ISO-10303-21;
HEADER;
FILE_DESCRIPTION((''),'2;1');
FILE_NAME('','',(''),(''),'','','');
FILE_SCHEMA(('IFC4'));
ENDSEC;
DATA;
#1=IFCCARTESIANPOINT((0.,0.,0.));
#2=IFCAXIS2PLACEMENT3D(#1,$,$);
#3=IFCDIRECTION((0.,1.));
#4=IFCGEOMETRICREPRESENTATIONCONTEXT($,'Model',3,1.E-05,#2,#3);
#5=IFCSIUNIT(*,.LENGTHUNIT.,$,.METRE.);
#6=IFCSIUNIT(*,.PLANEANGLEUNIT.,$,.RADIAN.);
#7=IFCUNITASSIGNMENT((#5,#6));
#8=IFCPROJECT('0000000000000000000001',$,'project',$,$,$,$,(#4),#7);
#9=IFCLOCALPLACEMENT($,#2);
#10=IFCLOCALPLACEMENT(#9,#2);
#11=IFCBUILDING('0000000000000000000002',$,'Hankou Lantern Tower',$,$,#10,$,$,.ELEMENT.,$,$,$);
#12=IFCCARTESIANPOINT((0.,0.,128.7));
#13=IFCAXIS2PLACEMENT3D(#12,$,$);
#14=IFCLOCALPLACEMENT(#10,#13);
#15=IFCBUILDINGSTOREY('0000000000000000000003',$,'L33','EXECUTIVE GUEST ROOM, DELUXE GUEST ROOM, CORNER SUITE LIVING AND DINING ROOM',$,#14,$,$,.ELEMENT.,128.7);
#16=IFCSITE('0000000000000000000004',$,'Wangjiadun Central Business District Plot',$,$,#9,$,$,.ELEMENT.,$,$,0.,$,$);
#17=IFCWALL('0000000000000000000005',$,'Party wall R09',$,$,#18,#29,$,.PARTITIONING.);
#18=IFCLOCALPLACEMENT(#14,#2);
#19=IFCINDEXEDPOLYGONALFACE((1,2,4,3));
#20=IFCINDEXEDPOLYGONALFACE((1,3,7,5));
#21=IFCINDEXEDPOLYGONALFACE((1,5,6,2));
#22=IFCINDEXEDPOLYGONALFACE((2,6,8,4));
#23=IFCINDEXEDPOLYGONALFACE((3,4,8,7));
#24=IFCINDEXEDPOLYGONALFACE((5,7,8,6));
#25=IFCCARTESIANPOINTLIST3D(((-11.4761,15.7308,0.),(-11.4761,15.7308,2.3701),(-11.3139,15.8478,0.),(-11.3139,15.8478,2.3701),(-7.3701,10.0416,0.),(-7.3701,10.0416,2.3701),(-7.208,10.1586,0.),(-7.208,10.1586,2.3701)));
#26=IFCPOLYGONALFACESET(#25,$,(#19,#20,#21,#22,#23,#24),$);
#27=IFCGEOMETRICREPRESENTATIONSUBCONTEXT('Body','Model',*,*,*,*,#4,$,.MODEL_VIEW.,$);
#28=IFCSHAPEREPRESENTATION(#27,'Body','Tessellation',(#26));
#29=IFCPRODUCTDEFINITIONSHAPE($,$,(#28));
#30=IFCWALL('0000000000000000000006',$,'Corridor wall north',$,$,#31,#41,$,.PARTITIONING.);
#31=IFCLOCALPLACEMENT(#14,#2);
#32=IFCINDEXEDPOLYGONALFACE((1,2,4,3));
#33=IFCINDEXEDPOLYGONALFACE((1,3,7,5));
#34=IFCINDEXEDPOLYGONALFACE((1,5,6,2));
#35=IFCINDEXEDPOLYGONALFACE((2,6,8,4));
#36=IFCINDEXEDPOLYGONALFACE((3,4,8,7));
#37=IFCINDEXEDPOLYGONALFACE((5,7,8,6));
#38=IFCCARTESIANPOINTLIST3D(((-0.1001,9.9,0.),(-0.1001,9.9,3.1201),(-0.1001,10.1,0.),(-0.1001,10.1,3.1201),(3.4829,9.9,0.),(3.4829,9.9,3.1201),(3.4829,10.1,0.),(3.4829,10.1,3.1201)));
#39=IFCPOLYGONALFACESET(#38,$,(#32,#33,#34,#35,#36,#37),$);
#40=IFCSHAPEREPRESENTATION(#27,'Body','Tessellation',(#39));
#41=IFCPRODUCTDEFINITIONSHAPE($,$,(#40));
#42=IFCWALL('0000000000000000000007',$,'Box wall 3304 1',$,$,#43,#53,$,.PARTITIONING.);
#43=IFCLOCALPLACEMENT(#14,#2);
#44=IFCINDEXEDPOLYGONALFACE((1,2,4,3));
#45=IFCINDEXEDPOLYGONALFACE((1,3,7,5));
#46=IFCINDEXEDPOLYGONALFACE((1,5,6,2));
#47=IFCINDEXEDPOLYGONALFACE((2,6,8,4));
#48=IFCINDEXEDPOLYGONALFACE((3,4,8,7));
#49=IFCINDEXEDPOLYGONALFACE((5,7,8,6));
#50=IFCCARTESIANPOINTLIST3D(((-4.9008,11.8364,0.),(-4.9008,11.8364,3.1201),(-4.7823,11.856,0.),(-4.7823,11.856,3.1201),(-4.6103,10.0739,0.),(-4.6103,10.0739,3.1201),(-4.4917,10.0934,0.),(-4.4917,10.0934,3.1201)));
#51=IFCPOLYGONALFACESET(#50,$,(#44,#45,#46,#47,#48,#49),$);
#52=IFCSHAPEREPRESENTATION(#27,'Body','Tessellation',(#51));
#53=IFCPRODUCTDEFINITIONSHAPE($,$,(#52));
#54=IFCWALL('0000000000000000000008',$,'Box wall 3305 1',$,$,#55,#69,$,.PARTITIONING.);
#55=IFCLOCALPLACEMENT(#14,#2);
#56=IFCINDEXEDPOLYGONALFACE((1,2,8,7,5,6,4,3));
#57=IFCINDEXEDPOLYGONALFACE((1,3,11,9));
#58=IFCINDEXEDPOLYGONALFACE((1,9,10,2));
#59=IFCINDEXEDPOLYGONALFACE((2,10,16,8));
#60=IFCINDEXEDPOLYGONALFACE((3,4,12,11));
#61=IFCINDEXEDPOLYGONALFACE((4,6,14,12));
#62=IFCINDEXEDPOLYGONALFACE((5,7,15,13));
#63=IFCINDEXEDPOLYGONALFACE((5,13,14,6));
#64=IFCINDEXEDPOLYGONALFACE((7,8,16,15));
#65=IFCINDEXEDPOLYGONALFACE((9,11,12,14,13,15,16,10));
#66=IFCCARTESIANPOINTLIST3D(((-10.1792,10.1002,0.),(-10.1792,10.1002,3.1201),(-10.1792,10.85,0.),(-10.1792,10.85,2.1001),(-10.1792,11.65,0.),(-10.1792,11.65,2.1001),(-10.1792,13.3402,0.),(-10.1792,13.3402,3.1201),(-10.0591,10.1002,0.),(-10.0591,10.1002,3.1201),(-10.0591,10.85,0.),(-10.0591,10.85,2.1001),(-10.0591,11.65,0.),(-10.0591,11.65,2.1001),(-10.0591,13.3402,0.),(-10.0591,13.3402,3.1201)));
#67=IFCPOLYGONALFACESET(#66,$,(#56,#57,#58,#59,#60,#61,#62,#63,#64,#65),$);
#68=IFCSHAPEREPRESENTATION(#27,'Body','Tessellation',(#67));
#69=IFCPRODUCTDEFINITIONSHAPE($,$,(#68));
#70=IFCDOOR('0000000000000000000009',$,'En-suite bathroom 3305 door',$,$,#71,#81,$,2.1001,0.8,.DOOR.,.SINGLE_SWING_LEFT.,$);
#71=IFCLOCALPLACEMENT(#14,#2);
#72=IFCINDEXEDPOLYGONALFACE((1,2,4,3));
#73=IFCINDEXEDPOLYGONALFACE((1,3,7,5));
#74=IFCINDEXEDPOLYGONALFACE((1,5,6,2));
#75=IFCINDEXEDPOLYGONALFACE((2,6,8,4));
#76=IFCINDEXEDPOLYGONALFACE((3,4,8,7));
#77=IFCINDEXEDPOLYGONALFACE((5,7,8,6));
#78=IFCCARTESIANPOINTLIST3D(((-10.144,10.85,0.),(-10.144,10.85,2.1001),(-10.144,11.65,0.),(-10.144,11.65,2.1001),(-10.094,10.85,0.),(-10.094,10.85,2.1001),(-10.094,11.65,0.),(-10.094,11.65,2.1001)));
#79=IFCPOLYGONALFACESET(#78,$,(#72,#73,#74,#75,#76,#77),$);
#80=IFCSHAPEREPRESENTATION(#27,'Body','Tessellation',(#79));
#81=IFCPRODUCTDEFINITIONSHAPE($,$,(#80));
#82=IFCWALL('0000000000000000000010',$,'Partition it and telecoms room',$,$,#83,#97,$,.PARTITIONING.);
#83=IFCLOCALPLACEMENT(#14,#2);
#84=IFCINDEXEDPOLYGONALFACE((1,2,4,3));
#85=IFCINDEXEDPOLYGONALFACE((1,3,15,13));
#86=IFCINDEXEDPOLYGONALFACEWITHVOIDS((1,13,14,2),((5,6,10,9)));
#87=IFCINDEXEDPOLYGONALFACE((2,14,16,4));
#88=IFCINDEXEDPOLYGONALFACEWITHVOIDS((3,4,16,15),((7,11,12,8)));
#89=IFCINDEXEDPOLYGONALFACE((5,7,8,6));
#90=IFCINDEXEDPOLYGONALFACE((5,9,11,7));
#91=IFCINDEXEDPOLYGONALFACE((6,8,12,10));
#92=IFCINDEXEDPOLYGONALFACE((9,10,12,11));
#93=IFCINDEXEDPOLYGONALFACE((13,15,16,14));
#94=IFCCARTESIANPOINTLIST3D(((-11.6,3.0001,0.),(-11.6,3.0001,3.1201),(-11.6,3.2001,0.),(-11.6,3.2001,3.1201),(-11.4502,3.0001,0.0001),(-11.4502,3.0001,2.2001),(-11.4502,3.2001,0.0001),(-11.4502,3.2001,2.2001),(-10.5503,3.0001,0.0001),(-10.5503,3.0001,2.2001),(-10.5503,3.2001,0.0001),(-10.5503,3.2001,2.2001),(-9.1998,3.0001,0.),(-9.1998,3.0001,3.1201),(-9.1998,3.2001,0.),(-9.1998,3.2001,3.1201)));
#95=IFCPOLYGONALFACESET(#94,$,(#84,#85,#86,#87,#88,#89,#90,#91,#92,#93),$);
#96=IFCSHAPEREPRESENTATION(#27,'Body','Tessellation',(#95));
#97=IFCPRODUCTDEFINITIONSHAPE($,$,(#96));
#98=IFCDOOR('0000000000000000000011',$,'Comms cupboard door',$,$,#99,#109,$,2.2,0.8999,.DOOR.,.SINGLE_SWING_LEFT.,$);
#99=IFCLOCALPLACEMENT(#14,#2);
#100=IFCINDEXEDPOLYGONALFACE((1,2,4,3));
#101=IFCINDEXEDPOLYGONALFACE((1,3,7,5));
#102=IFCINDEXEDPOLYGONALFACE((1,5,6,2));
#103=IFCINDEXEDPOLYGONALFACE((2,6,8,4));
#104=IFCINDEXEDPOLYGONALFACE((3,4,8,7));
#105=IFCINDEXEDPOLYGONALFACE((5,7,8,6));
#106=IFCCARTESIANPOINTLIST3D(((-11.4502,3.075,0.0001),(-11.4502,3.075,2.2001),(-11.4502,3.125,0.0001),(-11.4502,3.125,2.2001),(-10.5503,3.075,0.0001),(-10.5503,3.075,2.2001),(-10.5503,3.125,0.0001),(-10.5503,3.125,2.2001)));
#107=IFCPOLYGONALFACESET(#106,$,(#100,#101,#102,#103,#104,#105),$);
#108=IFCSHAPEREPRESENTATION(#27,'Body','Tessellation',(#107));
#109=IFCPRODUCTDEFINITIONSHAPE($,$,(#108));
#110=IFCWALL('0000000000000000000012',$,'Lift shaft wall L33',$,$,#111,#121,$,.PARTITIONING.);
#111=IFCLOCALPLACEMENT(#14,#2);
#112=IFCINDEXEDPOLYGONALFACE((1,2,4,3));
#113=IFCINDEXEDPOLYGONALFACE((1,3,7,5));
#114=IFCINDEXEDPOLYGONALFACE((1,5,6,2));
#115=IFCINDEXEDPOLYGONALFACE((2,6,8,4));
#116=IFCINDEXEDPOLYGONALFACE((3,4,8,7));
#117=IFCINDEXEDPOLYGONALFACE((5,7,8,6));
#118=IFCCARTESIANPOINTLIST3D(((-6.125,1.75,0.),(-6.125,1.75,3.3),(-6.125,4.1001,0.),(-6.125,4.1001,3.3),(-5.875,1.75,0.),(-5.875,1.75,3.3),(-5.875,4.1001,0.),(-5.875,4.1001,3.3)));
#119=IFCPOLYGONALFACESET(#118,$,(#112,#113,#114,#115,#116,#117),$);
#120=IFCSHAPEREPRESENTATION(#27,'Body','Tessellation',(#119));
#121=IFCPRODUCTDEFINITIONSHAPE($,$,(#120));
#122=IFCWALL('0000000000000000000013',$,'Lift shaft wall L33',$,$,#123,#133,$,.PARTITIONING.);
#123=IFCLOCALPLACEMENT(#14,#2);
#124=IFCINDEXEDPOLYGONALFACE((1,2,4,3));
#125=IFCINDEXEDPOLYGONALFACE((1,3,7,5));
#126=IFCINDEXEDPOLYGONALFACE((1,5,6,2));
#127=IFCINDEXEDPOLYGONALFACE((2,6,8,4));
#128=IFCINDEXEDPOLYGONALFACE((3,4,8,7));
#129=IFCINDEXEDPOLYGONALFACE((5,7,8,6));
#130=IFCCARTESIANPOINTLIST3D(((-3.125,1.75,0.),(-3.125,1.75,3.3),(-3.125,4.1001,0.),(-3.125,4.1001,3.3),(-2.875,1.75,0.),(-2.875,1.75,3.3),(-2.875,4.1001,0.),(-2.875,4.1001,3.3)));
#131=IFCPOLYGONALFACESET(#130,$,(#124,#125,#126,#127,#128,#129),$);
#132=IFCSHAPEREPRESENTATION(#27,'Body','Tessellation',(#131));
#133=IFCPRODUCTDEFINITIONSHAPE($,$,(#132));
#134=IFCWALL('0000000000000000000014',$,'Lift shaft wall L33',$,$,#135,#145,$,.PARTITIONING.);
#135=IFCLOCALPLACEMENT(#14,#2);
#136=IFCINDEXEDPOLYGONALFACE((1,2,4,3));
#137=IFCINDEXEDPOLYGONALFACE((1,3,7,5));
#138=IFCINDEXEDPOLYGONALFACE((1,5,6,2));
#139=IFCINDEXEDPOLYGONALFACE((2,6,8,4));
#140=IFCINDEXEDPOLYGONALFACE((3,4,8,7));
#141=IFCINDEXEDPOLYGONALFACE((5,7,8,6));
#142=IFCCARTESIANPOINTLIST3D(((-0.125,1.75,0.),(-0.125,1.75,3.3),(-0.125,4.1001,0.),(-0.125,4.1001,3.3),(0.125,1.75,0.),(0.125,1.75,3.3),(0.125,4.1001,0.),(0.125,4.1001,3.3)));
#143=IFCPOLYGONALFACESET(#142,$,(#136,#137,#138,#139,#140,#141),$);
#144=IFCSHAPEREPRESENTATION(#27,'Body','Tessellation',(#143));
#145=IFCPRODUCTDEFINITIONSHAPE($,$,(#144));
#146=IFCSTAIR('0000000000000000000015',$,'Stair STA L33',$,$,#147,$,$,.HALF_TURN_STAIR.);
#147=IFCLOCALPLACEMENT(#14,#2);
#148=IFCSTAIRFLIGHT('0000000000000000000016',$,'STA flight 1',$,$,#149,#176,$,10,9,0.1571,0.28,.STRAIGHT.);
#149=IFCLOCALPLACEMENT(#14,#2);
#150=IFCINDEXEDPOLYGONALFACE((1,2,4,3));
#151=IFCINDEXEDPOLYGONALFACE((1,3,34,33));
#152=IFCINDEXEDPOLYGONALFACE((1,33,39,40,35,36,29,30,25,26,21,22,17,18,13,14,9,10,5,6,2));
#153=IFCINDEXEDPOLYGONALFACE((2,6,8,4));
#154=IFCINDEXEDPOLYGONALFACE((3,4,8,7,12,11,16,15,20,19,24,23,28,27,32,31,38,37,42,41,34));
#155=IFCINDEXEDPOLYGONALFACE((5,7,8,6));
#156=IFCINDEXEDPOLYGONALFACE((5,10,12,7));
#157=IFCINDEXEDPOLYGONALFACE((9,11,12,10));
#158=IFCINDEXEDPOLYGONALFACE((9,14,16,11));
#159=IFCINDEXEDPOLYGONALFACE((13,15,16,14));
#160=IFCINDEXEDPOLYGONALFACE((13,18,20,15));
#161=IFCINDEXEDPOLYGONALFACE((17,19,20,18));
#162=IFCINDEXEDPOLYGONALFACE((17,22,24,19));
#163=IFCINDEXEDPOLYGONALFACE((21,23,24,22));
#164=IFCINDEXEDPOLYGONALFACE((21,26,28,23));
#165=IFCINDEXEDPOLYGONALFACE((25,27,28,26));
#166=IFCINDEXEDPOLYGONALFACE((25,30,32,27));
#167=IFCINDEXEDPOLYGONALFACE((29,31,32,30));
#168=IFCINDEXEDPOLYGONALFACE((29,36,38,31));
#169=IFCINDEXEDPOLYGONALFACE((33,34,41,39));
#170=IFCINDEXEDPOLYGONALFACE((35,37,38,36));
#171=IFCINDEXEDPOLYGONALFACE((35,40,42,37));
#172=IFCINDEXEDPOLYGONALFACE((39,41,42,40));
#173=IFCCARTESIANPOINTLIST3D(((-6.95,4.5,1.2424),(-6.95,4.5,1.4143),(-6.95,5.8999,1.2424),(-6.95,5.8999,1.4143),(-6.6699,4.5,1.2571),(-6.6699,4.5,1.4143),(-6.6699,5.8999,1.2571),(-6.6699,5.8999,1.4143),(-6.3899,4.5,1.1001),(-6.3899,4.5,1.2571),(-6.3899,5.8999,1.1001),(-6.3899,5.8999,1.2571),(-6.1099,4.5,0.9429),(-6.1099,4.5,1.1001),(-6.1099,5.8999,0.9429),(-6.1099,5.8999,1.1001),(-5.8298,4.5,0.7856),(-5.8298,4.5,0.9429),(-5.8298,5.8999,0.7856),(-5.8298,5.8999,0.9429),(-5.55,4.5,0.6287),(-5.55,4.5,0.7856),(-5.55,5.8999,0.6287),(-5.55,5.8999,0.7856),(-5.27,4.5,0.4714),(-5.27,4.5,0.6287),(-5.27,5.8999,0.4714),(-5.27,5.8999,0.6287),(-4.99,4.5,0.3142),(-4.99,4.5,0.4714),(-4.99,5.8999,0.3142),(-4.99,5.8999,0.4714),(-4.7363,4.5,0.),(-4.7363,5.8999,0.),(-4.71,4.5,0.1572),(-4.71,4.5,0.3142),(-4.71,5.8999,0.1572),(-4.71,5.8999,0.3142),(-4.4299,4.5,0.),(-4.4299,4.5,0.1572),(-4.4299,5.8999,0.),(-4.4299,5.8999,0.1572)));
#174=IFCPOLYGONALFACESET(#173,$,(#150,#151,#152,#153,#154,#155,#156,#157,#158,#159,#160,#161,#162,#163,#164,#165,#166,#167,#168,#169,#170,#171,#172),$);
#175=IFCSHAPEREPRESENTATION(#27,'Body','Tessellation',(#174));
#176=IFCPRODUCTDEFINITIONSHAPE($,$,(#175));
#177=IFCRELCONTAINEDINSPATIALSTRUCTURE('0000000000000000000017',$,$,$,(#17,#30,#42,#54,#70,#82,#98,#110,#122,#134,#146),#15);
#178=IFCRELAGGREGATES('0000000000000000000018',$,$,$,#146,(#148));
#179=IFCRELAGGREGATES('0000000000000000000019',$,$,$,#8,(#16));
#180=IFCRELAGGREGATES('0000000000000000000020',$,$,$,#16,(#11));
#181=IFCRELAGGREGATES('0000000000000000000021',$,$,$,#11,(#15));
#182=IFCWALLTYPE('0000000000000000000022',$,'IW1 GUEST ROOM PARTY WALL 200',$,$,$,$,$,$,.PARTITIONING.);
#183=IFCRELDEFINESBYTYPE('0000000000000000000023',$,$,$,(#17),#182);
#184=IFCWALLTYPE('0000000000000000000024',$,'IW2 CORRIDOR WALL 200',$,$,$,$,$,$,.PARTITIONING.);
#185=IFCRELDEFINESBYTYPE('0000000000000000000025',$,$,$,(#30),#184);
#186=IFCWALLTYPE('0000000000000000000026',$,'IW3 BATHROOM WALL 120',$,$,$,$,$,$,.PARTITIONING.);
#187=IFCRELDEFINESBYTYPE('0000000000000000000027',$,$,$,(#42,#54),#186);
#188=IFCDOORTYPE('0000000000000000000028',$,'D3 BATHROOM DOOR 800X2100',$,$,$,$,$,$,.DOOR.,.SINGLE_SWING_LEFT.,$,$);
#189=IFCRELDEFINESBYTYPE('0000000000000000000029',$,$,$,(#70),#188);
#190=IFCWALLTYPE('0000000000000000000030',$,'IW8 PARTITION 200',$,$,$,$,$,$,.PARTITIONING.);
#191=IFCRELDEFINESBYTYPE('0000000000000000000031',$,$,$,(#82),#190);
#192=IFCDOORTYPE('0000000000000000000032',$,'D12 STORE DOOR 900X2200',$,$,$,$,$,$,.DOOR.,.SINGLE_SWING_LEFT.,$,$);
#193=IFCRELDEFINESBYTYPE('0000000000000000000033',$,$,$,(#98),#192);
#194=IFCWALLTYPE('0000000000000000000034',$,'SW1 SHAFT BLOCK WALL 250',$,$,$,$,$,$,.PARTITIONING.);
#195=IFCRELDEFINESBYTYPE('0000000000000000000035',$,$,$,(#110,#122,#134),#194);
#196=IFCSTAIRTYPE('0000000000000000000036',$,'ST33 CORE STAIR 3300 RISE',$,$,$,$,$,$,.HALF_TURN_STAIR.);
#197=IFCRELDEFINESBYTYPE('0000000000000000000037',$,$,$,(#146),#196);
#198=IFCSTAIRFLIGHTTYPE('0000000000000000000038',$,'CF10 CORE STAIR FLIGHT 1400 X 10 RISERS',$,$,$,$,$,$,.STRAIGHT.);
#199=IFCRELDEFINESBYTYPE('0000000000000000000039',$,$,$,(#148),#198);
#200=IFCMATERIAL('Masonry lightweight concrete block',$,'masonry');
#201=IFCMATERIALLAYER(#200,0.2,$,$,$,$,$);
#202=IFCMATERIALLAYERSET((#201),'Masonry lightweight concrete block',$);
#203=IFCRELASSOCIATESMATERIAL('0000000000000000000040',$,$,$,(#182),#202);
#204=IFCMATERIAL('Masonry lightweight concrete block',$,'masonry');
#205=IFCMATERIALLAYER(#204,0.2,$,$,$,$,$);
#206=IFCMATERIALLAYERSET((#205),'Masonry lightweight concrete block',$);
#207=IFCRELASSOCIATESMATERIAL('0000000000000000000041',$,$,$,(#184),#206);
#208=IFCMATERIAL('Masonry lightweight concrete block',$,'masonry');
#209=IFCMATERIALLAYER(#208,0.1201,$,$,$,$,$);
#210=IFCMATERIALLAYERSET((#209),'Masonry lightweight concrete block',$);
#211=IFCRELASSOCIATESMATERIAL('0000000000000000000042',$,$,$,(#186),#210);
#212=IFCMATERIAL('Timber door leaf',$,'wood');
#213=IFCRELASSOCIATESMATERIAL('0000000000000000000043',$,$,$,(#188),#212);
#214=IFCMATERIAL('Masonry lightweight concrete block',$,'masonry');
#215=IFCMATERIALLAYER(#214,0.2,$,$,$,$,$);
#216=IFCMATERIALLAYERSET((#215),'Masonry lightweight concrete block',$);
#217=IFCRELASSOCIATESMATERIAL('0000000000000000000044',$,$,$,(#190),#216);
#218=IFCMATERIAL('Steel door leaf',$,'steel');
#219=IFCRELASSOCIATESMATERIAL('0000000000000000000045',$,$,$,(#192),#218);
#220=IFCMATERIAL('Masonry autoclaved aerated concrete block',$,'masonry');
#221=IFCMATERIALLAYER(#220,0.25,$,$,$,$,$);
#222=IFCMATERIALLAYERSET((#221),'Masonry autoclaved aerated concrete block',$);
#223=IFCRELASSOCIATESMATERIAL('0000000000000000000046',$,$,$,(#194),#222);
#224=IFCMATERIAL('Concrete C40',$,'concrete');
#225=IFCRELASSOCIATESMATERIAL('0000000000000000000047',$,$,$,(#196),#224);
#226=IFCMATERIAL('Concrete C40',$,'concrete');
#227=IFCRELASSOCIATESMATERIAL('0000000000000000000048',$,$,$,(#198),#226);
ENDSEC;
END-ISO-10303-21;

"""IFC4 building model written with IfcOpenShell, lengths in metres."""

from ifc_helpers import new_model, si_unit, direction, frame, frame_2d, origin, place, context, subcontext, project, spatial, polyline, rectangle, outline, extrude, material, layer, layer_set, type_object, element, fill, aggregate, save


model = new_model("IFC4")

# Units and contexts
model_context = context("Model", 3, precision=1e-05, world=origin(), true_north=direction((0.0, 1.0)))
body_context = subcontext(model_context, "Body", "Model", "MODEL_VIEW")
ifc_project = project(units=[si_unit("LENGTHUNIT", "METRE"), si_unit("PLANEANGLEUNIT", "RADIAN")], contexts=[model_context])

# Site, building, storey
site_placement = place(None, origin())
site = spatial("IfcSite", under=ifc_project, at=site_placement, Name="Wangjiadun Central Business District Plot", CompositionType="ELEMENT", RefElevation=0.0)
building_placement = place(site_placement, origin())
building = spatial("IfcBuilding", under=site, at=building_placement, Name="Hankou Lantern Tower", CompositionType="ELEMENT")
storey_placement = place(building_placement, frame((0.0, 0.0, 128.7)))
storey = spatial("IfcBuildingStorey", under=building, at=storey_placement, Name="L33", Description="EXECUTIVE GUEST ROOM, DELUXE GUEST ROOM, CORNER SUITE LIVING AND DINING ROOM", CompositionType="ELEMENT", Elevation=128.7)

# Walls
ifc_material_1 = material(Name="Masonry lightweight concrete block", Category="masonry")
ifc_layer_1 = layer(ifc_material_1, 0.2)
ifc_layer_set_1 = layer_set([ifc_layer_1], Name="Masonry lightweight concrete block")
wall_type_1 = type_object("IfcWallType", Name="IW1 GUEST ROOM PARTY WALL 200", PredefinedType="PARTITIONING", material=ifc_layer_set_1)
wall_1_placement = place(storey_placement, frame((-7.2891, 10.1001, 0.0), z_axis=(0.0, 0.0, 1.0), x_axis=(-0.585217, 0.810876, 0.0)))
element("IfcWall", 1, at=wall_1_placement, inside=storey, type_object=wall_type_1, Name="Party wall R09", PredefinedType="PARTITIONING", context=body_context, shape_type="SweptSolid", body=[
    extrude(rectangle(XDim=7.0161, YDim=0.2, at=frame_2d((3.5081, 0.0))), origin(), (0.0, 0.0, 1.0), 2.3701),
])
ifc_material_2 = material(Name="Masonry lightweight concrete block", Category="masonry")
ifc_layer_2 = layer(ifc_material_2, 0.2)
ifc_layer_set_2 = layer_set([ifc_layer_2], Name="Masonry lightweight concrete block")
wall_type_2 = type_object("IfcWallType", Name="IW2 CORRIDOR WALL 200", PredefinedType="PARTITIONING", material=ifc_layer_set_2)
wall_2_placement = place(storey_placement, frame((-0.1001, 10.0, 0.0), z_axis=(0.0, 0.0, 1.0), x_axis=(1.0, 0.0, 0.0)))
element("IfcWall", 2, at=wall_2_placement, inside=storey, type_object=wall_type_2, Name="Corridor wall north", PredefinedType="PARTITIONING", context=body_context, shape_type="SweptSolid", body=[
    extrude(rectangle(XDim=3.583, YDim=0.2, at=frame_2d((1.7915, 0.0))), origin(), (0.0, 0.0, 1.0), 3.1201),
])
ifc_material_3 = material(Name="Masonry lightweight concrete block", Category="masonry")
ifc_layer_3 = layer(ifc_material_3, 0.1201)
ifc_layer_set_3 = layer_set([ifc_layer_3], Name="Masonry lightweight concrete block")
wall_type_3 = type_object("IfcWallType", Name="IW3 BATHROOM WALL 120", PredefinedType="PARTITIONING", material=ifc_layer_set_3)
wall_3_placement = place(storey_placement, frame((-4.551, 10.0837, 0.0), z_axis=(0.0, 0.0, 1.0), x_axis=(-0.162626, 0.986688, 0.0)))
element("IfcWall", 3, at=wall_3_placement, inside=storey, type_object=wall_type_3, Name="Box wall 3304 1", PredefinedType="PARTITIONING", context=body_context, shape_type="SweptSolid", body=[
    extrude(rectangle(XDim=1.7864, YDim=0.1201, at=frame_2d((0.8931, 0.0))), origin(), (0.0, 0.0, 1.0), 3.1201),
])

# Walls, openings, doors
wall_4_placement = place(storey_placement, frame((-10.1191, 10.1001, 0.0), z_axis=(0.0, 0.0, 1.0), x_axis=(0.0, 1.0, 0.0)))
wall_4 = element("IfcWall", 4, at=wall_4_placement, inside=storey, type_object=wall_type_3, Name="Box wall 3305 1", PredefinedType="PARTITIONING", context=body_context, shape_type="SweptSolid", body=[
    extrude(rectangle(XDim=3.24, YDim=0.1201, at=frame_2d((1.6201, 0.0))), origin(), (0.0, 0.0, 1.0), 3.1201),
])
opening_1_placement = place(wall_4_placement, frame((0.75, 0.0, 0.0)))
opening_1 = element("IfcOpeningElement", 5, at=opening_1_placement, cuts=wall_4, PredefinedType="OPENING", context=body_context, shape_type="SweptSolid", body=[
    extrude(rectangle(XDim=0.8, YDim=2.1001, at=frame_2d((0.3999, 1.05))), frame((0.0, 0.0701, 0.0), z_axis=(0.0, -1.0, 0.0), x_axis=(1.0, 0.0, 0.0)), (0.0, 0.0, 1.0), 0.1401),
])
ifc_material_4 = material(Name="Timber door leaf", Category="wood")
door_type_1 = type_object("IfcDoorType", Name="D3 BATHROOM DOOR 800X2100", OperationType="SINGLE_SWING_LEFT", PredefinedType="DOOR", material=ifc_material_4)
door_1_placement = place(opening_1_placement, origin())
door_1 = element("IfcDoor", 6, at=door_1_placement, inside=storey, type_object=door_type_1, Name="En-suite bathroom 3305 door", OperationType="SINGLE_SWING_LEFT", OverallHeight=2.1001, OverallWidth=0.8, PredefinedType="DOOR", context=body_context, shape_type="SweptSolid", body=[
    extrude(rectangle(XDim=0.8, YDim=2.1001, at=frame_2d((0.3999, 1.05))), frame((0.0, 0.0249, 0.0), z_axis=(0.0, -1.0, 0.0), x_axis=(1.0, 0.0, 0.0)), (0.0, 0.0, 1.0), 0.05),
])
fill(opening_1, door_1)
ifc_material_5 = material(Name="Masonry lightweight concrete block", Category="masonry")
ifc_layer_4 = layer(ifc_material_5, 0.2)
ifc_layer_set_4 = layer_set([ifc_layer_4], Name="Masonry lightweight concrete block")
wall_type_4 = type_object("IfcWallType", Name="IW8 PARTITION 200", PredefinedType="PARTITIONING", material=ifc_layer_set_4)
wall_5_placement = place(storey_placement, frame((-11.6001, 3.1001, 0.0), z_axis=(0.0, 0.0, 1.0), x_axis=(1.0, 0.0, 0.0)))
wall_5 = element("IfcWall", 7, at=wall_5_placement, inside=storey, type_object=wall_type_4, Name="Partition it and telecoms room", PredefinedType="PARTITIONING", context=body_context, shape_type="SweptSolid", body=[
    extrude(rectangle(XDim=2.4001, YDim=0.2, at=frame_2d((1.2002, 0.0))), origin(), (0.0, 0.0, 1.0), 3.1201),
])
opening_2_placement = place(wall_5_placement, frame((0.1499, 0.0, 0.0)))
opening_2 = element("IfcOpeningElement", 8, at=opening_2_placement, cuts=wall_5, PredefinedType="OPENING", context=body_context, shape_type="SweptSolid", body=[
    extrude(rectangle(XDim=0.8999, YDim=2.2, at=frame_2d((0.45, 1.1001))), frame((0.0, 0.1099, 0.0), z_axis=(0.0, -1.0, 0.0), x_axis=(1.0, 0.0, 0.0)), (0.0, 0.0, 1.0), 0.22),
])
ifc_material_6 = material(Name="Steel door leaf", Category="steel")
door_type_2 = type_object("IfcDoorType", Name="D12 STORE DOOR 900X2200", OperationType="SINGLE_SWING_LEFT", PredefinedType="DOOR", material=ifc_material_6)
door_2_placement = place(opening_2_placement, origin())
door_2 = element("IfcDoor", 9, at=door_2_placement, inside=storey, type_object=door_type_2, Name="Comms cupboard door", OperationType="SINGLE_SWING_LEFT", OverallHeight=2.2, OverallWidth=0.8999, PredefinedType="DOOR", context=body_context, shape_type="SweptSolid", body=[
    extrude(rectangle(XDim=0.8999, YDim=2.2, at=frame_2d((0.45, 1.1001))), frame((0.0, 0.0249, 0.0), z_axis=(0.0, -1.0, 0.0), x_axis=(1.0, 0.0, 0.0)), (0.0, 0.0, 1.0), 0.05),
])
fill(opening_2, door_2)

# Walls
ifc_material_7 = material(Name="Masonry autoclaved aerated concrete block", Category="masonry")
ifc_layer_5 = layer(ifc_material_7, 0.25)
ifc_layer_set_5 = layer_set([ifc_layer_5], Name="Masonry autoclaved aerated concrete block")
wall_type_5 = type_object("IfcWallType", Name="SW1 SHAFT BLOCK WALL 250", PredefinedType="PARTITIONING", material=ifc_layer_set_5)
for number, where, z_axis, x_axis, name in (
    (10, (-6.0, 1.75, 0.0), (0.0, 0.0, 1.0), (0.0, 1.0, 0.0), "Lift shaft wall L33"),
    (11, (-3.0, 1.75, 0.0), (0.0, 0.0, 1.0), (0.0, 1.0, 0.0), "Lift shaft wall L33"),
    (12, (0.0, 1.75, 0.0), (0.0, 0.0, 1.0), (0.0, 1.0, 0.0), "Lift shaft wall L33"),
):
    element("IfcWall", number, at=place(storey_placement, frame(where, z_axis=z_axis, x_axis=x_axis)), inside=storey, type_object=wall_type_5, Name=name, PredefinedType="PARTITIONING", context=body_context, shape_type="SweptSolid", body=[
        extrude(rectangle(XDim=2.3501, YDim=0.25, at=frame_2d((1.175, 0.0))), origin(), (0.0, 0.0, 1.0), 3.3),
    ])

# Stair, stair flight
ifc_material_8 = material(Name="Concrete C40", Category="concrete")
stair_type = type_object("IfcStairType", Name="ST33 CORE STAIR 3300 RISE", PredefinedType="HALF_TURN_STAIR", material=ifc_material_8)
stair_placement = place(storey_placement, origin())
stair = element("IfcStair", 13, at=stair_placement, inside=storey, type_object=stair_type, Name="Stair STA L33", PredefinedType="HALF_TURN_STAIR")
ifc_material_9 = material(Name="Concrete C40", Category="concrete")
stair_flight_type_1 = type_object("IfcStairFlightType", Name="CF10 CORE STAIR FLIGHT 1400 X 10 RISERS", PredefinedType="STRAIGHT", material=ifc_material_9)
stair_flight_1_placement = place(storey_placement, frame((-4.4299, 5.2, 0.0), z_axis=(0.0, 0.0, 1.0), x_axis=(-1.0, 0.0, 0.0)))
stair_flight_1 = element("IfcStairFlight", 14, at=stair_flight_1_placement, type_object=stair_flight_type_1, Name="STA flight 1", NumberOfRisers=10, NumberOfTreads=9, PredefinedType="STRAIGHT", RiserHeight=0.1571, TreadLength=0.28, context=body_context, shape_type="SweptSolid", body=[
    extrude(outline(polyline([(0.0, 0.0), (0.0, 0.1572), (0.28, 0.1572), (0.28, 0.3142), (0.5601, 0.3142), (0.5601, 0.4714), (0.8401, 0.4714), (0.8401, 0.6287), (1.1201, 0.6287), (1.1201, 0.7856), (1.3999, 0.7856), (1.3999, 0.9429), (1.6799, 0.9429), (1.6799, 1.1001), (1.96, 1.1001), (1.96, 1.2571), (2.24, 1.2571), (2.24, 1.4143), (2.52, 1.4143), (2.52, 1.5715), (2.52, 1.2424), (0.3064, 0.0), (0.0, 0.0)])), frame((0.0, 0.7, 0.0), z_axis=(0.0, -1.0, 0.0), x_axis=(1.0, 0.0, 0.0)), (0.0, 0.0, 1.0), 1.3999),
])
aggregate(stair, [stair_flight_1])

save(model, "model.ifc")
